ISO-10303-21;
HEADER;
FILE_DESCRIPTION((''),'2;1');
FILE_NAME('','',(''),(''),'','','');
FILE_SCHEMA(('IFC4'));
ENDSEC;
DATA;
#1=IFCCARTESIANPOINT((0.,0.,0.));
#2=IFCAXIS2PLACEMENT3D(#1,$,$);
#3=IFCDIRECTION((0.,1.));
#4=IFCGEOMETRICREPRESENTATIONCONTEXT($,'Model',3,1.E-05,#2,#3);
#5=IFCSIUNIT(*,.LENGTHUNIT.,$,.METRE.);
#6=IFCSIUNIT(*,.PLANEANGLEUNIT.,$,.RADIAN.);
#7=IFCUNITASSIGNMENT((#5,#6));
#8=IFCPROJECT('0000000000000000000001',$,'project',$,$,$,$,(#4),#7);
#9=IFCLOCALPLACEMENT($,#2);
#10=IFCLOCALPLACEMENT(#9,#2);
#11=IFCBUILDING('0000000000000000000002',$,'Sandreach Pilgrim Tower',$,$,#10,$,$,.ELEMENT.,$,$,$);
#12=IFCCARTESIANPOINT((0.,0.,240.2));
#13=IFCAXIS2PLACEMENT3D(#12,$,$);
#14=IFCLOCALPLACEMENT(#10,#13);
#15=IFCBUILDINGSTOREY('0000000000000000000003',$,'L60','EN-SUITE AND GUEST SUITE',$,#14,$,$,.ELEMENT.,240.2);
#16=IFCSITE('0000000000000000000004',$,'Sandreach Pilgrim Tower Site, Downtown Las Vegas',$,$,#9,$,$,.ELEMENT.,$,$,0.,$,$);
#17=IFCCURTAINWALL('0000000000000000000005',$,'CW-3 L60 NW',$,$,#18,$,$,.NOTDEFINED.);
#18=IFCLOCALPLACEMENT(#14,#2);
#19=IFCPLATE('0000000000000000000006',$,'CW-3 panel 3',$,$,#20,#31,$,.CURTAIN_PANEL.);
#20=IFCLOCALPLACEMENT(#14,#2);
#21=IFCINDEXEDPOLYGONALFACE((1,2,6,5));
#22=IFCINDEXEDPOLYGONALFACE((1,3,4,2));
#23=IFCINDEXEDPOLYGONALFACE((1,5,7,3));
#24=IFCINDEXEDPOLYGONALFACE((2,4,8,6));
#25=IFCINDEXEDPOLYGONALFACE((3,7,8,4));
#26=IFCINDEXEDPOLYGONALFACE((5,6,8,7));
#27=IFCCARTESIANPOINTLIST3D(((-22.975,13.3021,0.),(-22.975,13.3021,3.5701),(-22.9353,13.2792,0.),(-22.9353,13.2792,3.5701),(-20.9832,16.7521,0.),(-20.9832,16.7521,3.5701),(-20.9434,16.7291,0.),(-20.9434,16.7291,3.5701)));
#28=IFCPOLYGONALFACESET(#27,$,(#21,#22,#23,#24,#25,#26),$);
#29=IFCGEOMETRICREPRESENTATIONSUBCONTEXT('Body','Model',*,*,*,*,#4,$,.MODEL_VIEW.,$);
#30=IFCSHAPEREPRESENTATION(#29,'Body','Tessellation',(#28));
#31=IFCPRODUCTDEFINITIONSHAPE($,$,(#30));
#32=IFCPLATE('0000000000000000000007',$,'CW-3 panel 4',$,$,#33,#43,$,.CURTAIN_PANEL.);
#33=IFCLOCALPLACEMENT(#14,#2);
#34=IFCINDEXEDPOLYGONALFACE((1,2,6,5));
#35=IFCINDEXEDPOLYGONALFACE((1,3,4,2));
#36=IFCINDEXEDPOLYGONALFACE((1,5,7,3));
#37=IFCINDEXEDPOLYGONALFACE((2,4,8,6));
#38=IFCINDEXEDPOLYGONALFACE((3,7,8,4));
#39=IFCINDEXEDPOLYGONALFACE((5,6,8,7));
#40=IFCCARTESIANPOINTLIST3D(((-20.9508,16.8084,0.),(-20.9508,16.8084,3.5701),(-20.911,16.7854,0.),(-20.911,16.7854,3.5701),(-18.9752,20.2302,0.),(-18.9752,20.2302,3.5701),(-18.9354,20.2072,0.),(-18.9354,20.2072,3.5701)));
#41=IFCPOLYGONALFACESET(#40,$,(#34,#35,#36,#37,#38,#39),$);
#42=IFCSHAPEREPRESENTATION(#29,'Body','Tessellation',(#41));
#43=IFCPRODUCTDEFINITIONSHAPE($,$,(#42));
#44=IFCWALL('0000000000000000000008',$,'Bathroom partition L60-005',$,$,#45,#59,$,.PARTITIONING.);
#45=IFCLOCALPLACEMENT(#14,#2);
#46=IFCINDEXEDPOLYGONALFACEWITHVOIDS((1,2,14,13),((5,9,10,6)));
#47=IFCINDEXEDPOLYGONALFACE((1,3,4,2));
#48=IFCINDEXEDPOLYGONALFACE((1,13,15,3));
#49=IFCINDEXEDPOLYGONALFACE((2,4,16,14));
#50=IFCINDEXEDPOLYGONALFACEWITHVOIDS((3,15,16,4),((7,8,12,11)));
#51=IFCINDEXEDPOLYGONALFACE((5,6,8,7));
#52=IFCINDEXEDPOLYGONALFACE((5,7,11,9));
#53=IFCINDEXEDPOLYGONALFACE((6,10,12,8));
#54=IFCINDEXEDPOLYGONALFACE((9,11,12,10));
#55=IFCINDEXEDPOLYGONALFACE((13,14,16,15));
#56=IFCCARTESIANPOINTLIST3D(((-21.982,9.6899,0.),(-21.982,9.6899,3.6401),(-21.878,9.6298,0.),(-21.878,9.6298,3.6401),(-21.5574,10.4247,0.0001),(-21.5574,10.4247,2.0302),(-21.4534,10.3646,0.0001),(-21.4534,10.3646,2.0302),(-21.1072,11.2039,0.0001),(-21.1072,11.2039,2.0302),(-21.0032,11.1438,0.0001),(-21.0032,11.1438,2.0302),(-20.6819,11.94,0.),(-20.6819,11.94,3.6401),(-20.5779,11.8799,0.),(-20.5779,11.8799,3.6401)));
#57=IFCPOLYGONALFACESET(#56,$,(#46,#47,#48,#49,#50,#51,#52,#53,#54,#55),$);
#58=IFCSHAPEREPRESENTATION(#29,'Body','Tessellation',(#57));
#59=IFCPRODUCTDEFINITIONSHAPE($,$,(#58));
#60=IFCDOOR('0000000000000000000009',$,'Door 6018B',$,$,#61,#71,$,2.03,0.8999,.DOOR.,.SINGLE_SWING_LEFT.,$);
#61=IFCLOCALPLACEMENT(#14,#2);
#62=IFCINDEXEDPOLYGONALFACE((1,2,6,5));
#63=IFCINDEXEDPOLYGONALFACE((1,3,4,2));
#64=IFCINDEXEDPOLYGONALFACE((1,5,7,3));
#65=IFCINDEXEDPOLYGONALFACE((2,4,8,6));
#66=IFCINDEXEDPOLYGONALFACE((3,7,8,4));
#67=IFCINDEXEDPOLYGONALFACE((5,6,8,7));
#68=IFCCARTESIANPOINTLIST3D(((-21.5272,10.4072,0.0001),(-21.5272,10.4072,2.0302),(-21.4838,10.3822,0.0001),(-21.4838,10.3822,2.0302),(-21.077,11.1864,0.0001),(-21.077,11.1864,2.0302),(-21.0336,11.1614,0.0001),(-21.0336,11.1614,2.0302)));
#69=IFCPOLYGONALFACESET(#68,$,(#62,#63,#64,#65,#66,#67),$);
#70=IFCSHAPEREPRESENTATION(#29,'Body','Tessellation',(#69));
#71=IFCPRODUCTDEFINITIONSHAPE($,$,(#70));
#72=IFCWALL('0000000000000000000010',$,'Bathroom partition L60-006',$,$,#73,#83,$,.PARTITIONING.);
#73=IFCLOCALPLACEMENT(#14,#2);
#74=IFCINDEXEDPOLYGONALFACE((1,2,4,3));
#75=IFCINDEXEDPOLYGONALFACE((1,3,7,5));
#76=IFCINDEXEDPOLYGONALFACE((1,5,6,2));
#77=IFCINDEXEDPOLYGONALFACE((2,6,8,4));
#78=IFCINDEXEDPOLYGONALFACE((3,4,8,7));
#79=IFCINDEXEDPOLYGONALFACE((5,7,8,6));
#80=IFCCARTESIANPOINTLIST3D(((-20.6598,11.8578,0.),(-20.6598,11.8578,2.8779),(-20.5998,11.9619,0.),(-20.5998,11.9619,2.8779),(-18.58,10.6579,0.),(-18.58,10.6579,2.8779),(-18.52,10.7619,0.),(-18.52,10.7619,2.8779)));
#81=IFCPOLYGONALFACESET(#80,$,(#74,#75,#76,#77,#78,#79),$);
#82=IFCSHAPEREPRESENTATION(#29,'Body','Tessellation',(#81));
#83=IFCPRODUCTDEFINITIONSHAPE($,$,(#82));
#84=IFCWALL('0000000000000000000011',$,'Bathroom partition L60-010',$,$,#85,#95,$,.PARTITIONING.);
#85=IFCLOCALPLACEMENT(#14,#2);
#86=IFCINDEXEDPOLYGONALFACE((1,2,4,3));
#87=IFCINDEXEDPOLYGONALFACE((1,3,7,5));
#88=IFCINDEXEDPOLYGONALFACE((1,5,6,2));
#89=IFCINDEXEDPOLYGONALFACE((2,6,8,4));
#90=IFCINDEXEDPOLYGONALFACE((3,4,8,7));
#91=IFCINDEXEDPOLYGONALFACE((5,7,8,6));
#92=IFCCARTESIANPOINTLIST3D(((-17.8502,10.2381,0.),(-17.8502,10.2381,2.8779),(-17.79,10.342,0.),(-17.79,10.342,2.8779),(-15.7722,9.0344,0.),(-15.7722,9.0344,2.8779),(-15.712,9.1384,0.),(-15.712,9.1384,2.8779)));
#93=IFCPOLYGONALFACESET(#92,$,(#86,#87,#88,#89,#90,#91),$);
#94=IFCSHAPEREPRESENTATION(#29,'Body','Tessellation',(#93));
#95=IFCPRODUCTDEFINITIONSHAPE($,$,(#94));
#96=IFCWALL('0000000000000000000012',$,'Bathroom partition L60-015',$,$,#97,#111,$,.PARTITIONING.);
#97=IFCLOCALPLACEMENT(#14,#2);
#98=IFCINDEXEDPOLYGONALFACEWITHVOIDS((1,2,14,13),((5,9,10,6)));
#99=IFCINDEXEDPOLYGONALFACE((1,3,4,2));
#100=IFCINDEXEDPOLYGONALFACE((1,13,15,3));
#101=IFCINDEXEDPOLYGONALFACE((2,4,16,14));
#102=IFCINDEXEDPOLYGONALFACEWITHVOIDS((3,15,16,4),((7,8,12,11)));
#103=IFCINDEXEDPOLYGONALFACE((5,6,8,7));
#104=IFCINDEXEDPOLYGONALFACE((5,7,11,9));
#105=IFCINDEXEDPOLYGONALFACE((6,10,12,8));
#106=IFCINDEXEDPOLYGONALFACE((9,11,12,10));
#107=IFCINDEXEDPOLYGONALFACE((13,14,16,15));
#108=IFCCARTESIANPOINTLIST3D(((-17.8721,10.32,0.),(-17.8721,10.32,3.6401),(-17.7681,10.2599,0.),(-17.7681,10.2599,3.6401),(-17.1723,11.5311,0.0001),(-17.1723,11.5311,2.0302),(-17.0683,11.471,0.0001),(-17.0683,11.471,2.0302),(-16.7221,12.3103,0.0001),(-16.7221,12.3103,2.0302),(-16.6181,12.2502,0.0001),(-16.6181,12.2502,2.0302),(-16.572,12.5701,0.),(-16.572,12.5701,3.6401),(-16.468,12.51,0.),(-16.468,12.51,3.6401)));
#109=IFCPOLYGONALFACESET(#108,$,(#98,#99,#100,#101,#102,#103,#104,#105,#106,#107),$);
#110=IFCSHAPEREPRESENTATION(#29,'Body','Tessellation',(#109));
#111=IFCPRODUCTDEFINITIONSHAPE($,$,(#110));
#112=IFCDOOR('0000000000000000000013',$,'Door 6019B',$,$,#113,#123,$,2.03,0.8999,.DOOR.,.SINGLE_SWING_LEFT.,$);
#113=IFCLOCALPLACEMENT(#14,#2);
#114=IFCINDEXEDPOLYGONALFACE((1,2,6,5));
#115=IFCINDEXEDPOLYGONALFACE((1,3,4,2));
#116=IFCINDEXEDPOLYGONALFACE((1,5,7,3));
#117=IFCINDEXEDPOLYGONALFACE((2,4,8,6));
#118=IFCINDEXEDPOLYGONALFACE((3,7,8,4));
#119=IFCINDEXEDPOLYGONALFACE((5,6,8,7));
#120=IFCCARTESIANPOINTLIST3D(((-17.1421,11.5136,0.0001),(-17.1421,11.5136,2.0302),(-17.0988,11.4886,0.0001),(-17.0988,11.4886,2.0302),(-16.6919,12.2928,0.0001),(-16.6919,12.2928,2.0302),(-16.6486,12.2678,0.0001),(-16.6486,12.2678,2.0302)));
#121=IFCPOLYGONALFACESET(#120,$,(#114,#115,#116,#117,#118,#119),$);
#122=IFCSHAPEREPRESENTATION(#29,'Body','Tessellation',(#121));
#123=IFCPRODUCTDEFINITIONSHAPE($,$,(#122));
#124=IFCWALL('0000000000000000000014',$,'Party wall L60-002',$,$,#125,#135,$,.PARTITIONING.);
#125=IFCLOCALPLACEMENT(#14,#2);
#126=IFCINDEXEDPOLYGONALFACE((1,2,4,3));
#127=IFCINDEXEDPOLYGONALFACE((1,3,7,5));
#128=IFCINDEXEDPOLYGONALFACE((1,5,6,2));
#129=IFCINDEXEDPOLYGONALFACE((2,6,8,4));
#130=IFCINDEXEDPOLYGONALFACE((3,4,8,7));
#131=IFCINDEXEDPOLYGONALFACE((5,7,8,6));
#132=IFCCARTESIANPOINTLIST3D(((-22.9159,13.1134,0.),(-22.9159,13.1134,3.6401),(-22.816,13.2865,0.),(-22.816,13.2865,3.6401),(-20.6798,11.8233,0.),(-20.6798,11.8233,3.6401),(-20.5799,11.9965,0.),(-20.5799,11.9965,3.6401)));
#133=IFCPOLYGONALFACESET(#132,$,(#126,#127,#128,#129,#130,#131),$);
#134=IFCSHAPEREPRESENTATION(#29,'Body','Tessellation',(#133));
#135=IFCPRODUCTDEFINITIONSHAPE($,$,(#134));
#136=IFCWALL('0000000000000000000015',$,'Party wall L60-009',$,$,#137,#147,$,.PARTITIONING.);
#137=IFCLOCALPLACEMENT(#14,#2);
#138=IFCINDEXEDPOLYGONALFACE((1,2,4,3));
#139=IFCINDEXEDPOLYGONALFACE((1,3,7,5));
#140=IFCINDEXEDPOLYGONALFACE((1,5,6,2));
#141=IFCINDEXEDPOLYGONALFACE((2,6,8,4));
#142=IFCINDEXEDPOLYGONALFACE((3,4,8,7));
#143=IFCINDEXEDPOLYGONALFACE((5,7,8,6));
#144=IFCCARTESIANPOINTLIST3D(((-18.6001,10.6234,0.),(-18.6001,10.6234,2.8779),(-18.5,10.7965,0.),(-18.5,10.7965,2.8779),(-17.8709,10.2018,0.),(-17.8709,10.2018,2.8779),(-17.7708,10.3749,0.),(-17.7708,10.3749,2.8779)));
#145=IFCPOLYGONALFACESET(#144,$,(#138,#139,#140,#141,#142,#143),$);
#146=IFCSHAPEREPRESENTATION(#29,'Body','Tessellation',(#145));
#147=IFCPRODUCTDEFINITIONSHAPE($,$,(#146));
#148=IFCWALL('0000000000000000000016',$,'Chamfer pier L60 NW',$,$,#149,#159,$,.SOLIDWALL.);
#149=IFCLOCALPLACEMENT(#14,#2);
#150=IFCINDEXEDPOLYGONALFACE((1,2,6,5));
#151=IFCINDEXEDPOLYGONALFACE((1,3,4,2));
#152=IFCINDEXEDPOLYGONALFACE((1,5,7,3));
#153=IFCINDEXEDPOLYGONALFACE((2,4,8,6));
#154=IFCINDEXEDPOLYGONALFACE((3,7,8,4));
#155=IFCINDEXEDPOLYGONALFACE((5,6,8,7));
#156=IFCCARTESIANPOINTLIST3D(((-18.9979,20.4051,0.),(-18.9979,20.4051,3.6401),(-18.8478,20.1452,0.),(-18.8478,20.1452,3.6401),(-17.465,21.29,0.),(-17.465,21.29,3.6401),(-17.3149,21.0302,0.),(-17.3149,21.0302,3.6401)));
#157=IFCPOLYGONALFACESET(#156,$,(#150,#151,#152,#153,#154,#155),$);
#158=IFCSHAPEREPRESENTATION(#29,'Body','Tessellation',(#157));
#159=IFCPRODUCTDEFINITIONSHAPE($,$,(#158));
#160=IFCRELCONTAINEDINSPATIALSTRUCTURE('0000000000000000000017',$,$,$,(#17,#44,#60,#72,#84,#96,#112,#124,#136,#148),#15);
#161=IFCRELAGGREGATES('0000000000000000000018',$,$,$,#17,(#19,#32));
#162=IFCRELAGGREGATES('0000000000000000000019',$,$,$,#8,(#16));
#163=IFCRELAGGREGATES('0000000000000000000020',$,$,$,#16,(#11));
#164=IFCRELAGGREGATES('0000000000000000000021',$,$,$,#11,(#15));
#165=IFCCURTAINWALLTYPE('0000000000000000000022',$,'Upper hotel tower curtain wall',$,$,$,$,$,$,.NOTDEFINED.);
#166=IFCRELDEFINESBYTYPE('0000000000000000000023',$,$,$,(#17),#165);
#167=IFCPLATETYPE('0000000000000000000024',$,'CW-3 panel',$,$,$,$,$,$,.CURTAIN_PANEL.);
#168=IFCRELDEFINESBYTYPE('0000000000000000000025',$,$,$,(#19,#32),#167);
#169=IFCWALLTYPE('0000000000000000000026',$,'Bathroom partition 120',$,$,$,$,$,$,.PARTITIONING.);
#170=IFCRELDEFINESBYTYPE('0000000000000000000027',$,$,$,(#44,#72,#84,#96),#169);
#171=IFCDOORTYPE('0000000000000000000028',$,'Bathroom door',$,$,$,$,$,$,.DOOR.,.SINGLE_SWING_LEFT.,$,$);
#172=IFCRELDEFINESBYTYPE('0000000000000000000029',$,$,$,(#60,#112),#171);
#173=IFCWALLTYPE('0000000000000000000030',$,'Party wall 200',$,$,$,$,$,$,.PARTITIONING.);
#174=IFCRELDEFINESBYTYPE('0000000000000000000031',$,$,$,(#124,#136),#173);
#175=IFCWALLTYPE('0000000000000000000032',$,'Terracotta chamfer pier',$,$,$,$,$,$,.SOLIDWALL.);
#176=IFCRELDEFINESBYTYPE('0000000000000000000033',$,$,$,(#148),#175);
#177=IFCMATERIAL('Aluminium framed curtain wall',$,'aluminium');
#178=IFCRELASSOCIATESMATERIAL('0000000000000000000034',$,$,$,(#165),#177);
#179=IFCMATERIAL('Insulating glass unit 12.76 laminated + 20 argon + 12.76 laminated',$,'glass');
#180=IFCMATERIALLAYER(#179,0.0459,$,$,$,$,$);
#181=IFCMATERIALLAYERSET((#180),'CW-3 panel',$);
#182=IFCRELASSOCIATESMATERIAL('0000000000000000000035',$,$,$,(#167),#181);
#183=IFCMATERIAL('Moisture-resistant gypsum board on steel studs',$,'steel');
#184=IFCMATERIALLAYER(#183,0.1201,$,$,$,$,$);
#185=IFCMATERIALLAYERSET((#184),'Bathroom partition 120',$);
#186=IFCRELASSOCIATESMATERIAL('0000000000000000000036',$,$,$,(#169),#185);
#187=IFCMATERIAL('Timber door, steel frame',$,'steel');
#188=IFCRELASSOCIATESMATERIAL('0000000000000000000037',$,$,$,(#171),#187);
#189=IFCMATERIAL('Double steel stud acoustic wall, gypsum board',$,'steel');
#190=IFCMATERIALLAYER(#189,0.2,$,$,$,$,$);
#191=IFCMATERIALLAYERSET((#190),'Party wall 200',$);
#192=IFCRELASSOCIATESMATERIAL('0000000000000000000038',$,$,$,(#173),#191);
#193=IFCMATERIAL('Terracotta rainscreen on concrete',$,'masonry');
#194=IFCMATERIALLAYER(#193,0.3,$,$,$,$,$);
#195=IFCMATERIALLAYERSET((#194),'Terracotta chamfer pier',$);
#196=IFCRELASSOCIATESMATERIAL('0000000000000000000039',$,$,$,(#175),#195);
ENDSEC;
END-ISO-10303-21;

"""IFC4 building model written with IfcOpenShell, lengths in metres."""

from ifc_helpers import new_model, si_unit, direction, frame, frame_2d, origin, origin_2d, place, context, subcontext, project, spatial, rectangle, extrude, material, layer, layer_set, type_object, element, fill, aggregate, save


model = new_model("IFC4")

# Units and contexts
model_context = context("Model", 3, precision=1e-05, world=origin(), true_north=direction((0.0, 1.0)))
body_context = subcontext(model_context, "Body", "Model", "MODEL_VIEW")
ifc_project = project(units=[si_unit("LENGTHUNIT", "METRE"), si_unit("PLANEANGLEUNIT", "RADIAN")], contexts=[model_context])

# Site, building, storey
site_placement = place(None, origin())
site = spatial("IfcSite", under=ifc_project, at=site_placement, Name="Sandreach Pilgrim Tower Site, Downtown Las Vegas", CompositionType="ELEMENT", RefElevation=0.0)
building_placement = place(site_placement, origin())
building = spatial("IfcBuilding", under=site, at=building_placement, Name="Sandreach Pilgrim Tower", CompositionType="ELEMENT")
storey_placement = place(building_placement, frame((0.0, 0.0, 240.2)))
storey = spatial("IfcBuildingStorey", under=building, at=storey_placement, Name="L60", Description="EN-SUITE AND GUEST SUITE", CompositionType="ELEMENT", Elevation=240.2)

# Shared definitions
ifc_material_1 = material(Name="Aluminium framed curtain wall", Category="aluminium")
curtain_wall_type = type_object("IfcCurtainWallType", Name="Upper hotel tower curtain wall", PredefinedType="NOTDEFINED", material=ifc_material_1)

# Curtain wall
curtain_wall_1_placement = place(storey_placement, origin())
curtain_wall_1 = element("IfcCurtainWall", 1, at=curtain_wall_1_placement, inside=storey, type_object=curtain_wall_type, Name="CW-3 L60 NW", PredefinedType="NOTDEFINED")

# Plates
ifc_material_2 = material(Name="Insulating glass unit 12.76 laminated + 20 argon + 12.76 laminated", Category="glass")
ifc_layer_1 = layer(ifc_material_2, 0.0459)
ifc_layer_set_1 = layer_set([ifc_layer_1], Name="CW-3 panel")
plate_type = type_object("IfcPlateType", Name="CW-3 panel", PredefinedType="CURTAIN_PANEL", material=ifc_layer_set_1)
plate_1_placement = place(storey_placement, frame((-21.9592, 15.0156, 0.0), z_axis=(0.0, 0.0, 1.0), x_axis=(0.5, 0.866025, 0.0)))
plate_1 = element("IfcPlate", 2, at=plate_1_placement, type_object=plate_type, Name="CW-3 panel 3", PredefinedType="CURTAIN_PANEL", context=body_context, shape_type="SweptSolid", body=[
    extrude(rectangle(XDim=3.9836, YDim=0.0459, at=origin_2d()), origin(), (0.0, 0.0, 1.0), 3.5701),
])
plate_2_placement = place(storey_placement, frame((-19.9431, 18.5078, 0.0), z_axis=(0.0, 0.0, 1.0), x_axis=(0.5, 0.866025, 0.0)))
plate_2 = element("IfcPlate", 3, at=plate_2_placement, type_object=plate_type, Name="CW-3 panel 4", PredefinedType="CURTAIN_PANEL", context=body_context, shape_type="SweptSolid", body=[
    extrude(rectangle(XDim=3.9512, YDim=0.0459, at=origin_2d()), origin(), (0.0, 0.0, 1.0), 3.5701),
])
aggregate(curtain_wall_1, [plate_1, plate_2])

# Wall, opening, door
ifc_material_3 = material(Name="Moisture-resistant gypsum board on steel studs", Category="steel")
ifc_layer_2 = layer(ifc_material_3, 0.1201)
ifc_layer_set_2 = layer_set([ifc_layer_2], Name="Bathroom partition 120")
wall_type_1 = type_object("IfcWallType", Name="Bathroom partition 120", PredefinedType="PARTITIONING", material=ifc_layer_set_2)
wall_1_placement = place(storey_placement, frame((-20.6299, 11.9099, 0.0), z_axis=(0.0, 0.0, 1.0), x_axis=(-0.500292, -0.865857, 0.0)))
wall_1 = element("IfcWall", 4, at=wall_1_placement, inside=storey, type_object=wall_type_1, Name="Bathroom partition L60-005", PredefinedType="PARTITIONING", context=body_context, shape_type="SweptSolid", body=[
    extrude(rectangle(XDim=2.5986, YDim=0.1201, at=frame_2d((1.2993, 0.0))), origin(), (0.0, 0.0, 1.0), 3.6401),
])
opening_1_placement = place(wall_1_placement, frame((0.8501, 0.0, 0.0)))
opening_1 = element("IfcOpeningElement", 5, at=opening_1_placement, cuts=wall_1, PredefinedType="OPENING", context=body_context, shape_type="SweptSolid", body=[
    extrude(rectangle(XDim=0.8999, YDim=2.03, at=frame_2d((0.45, 1.0151))), frame((0.0, 0.0601, 0.0), z_axis=(0.0, -1.0, 0.0), x_axis=(1.0, 0.0, 0.0)), (0.0, 0.0, 1.0), 0.1201),
])
ifc_material_4 = material(Name="Timber door, steel frame", Category="steel")
door_type = type_object("IfcDoorType", Name="Bathroom door", OperationType="SINGLE_SWING_LEFT", PredefinedType="DOOR", material=ifc_material_4)
door_1_placement = place(opening_1_placement, origin())
door_1 = element("IfcDoor", 6, at=door_1_placement, inside=storey, type_object=door_type, Name="Door 6018B", OperationType="SINGLE_SWING_LEFT", OverallHeight=2.03, OverallWidth=0.8999, PredefinedType="DOOR", context=body_context, shape_type="SweptSolid", body=[
    extrude(rectangle(XDim=0.8999, YDim=2.03, at=frame_2d((0.45, 1.0151))), frame((0.0, 0.0249, 0.0), z_axis=(0.0, -1.0, 0.0), x_axis=(1.0, 0.0, 0.0)), (0.0, 0.0, 1.0), 0.05),
])
fill(opening_1, door_1)

# Walls
wall_2_placement = place(storey_placement, frame((-20.6299, 11.9099, 0.0), z_axis=(0.0, 0.0, 1.0), x_axis=(0.866177, -0.499737, 0.0)))
element("IfcWall", 7, at=wall_2_placement, inside=storey, type_object=wall_type_1, Name="Bathroom partition L60-006", PredefinedType="PARTITIONING", context=body_context, shape_type="SweptSolid", body=[
    extrude(rectangle(XDim=2.4011, YDim=0.1201, at=frame_2d((1.2007, 0.0))), origin(), (0.0, 0.0, 1.0), 2.8779),
])
wall_3_placement = place(storey_placement, frame((-17.8201, 10.29, 0.0), z_axis=(0.0, 0.0, 1.0), x_axis=(0.865313, -0.501233, 0.0)))
element("IfcWall", 8, at=wall_3_placement, inside=storey, type_object=wall_type_1, Name="Bathroom partition L60-010", PredefinedType="PARTITIONING", context=body_context, shape_type="SweptSolid", body=[
    extrude(rectangle(XDim=2.4014, YDim=0.1201, at=frame_2d((1.2007, 0.0))), origin(), (0.0, 0.0, 1.0), 2.8779),
])

# Wall, opening, door
wall_4_placement = place(storey_placement, frame((-16.52, 12.54, 0.0), z_axis=(0.0, 0.0, 1.0), x_axis=(-0.500292, -0.865857, 0.0)))
wall_4 = element("IfcWall", 9, at=wall_4_placement, inside=storey, type_object=wall_type_1, Name="Bathroom partition L60-015", PredefinedType="PARTITIONING", context=body_context, shape_type="SweptSolid", body=[
    extrude(rectangle(XDim=2.5986, YDim=0.1201, at=frame_2d((1.2993, 0.0))), origin(), (0.0, 0.0, 1.0), 3.6401),
])
opening_2_placement = place(wall_4_placement, frame((0.3, 0.0, 0.0)))
opening_2 = element("IfcOpeningElement", 10, at=opening_2_placement, cuts=wall_4, PredefinedType="OPENING", context=body_context, shape_type="SweptSolid", body=[
    extrude(rectangle(XDim=0.8999, YDim=2.03, at=frame_2d((0.45, 1.0151))), frame((0.0, 0.0601, 0.0), z_axis=(0.0, -1.0, 0.0), x_axis=(1.0, 0.0, 0.0)), (0.0, 0.0, 1.0), 0.1201),
])
door_2_placement = place(opening_2_placement, origin())
door_2 = element("IfcDoor", 11, at=door_2_placement, inside=storey, type_object=door_type, Name="Door 6019B", OperationType="SINGLE_SWING_LEFT", OverallHeight=2.03, OverallWidth=0.8999, PredefinedType="DOOR", context=body_context, shape_type="SweptSolid", body=[
    extrude(rectangle(XDim=0.8999, YDim=2.03, at=frame_2d((0.45, 1.0151))), frame((0.0, 0.0249, 0.0), z_axis=(0.0, -1.0, 0.0), x_axis=(1.0, 0.0, 0.0)), (0.0, 0.0, 1.0), 0.05),
])
fill(opening_2, door_2)

# Walls
ifc_material_5 = material(Name="Double steel stud acoustic wall, gypsum board", Category="steel")
ifc_layer_3 = layer(ifc_material_5, 0.2)
ifc_layer_set_3 = layer_set([ifc_layer_3], Name="Party wall 200")
wall_type_2 = type_object("IfcWallType", Name="Party wall 200", PredefinedType="PARTITIONING", material=ifc_layer_set_3)
wall_5_placement = place(storey_placement, frame((-22.866, 13.2, 0.0), z_axis=(0.0, 0.0, 1.0), x_axis=(0.866187, -0.49972, 0.0)))
element("IfcWall", 12, at=wall_5_placement, inside=storey, type_object=wall_type_2, Name="Party wall L60-002", PredefinedType="PARTITIONING", context=body_context, shape_type="SweptSolid", body=[
    extrude(rectangle(XDim=2.5815, YDim=0.2, at=frame_2d((1.2908, 0.0))), origin(), (0.0, 0.0, 1.0), 3.6401),
])
wall_6_placement = place(storey_placement, frame((-18.55, 10.71, 0.0), z_axis=(0.0, 0.0, 1.0), x_axis=(0.865717, -0.500533, 0.0)))
element("IfcWall", 13, at=wall_6_placement, inside=storey, type_object=wall_type_2, Name="Party wall L60-009", PredefinedType="PARTITIONING", context=body_context, shape_type="SweptSolid", body=[
    extrude(rectangle(XDim=0.8423, YDim=0.2, at=frame_2d((0.4211, 0.0))), origin(), (0.0, 0.0, 1.0), 2.8779),
])
ifc_material_6 = material(Name="Terracotta rainscreen on concrete", Category="masonry")
ifc_layer_4 = layer(ifc_material_6, 0.3)
ifc_layer_set_4 = layer_set([ifc_layer_4], Name="Terracotta chamfer pier")
wall_type_3 = type_object("IfcWallType", Name="Terracotta chamfer pier", PredefinedType="SOLIDWALL", material=ifc_layer_set_4)
wall_7_placement = place(storey_placement, frame((-18.9229, 20.2751, 0.0), z_axis=(0.0, 0.0, 1.0), x_axis=(0.866036, 0.499981, 0.0)))
element("IfcWall", 14, at=wall_7_placement, inside=storey, type_object=wall_type_3, Name="Chamfer pier L60 NW", PredefinedType="SOLIDWALL", context=body_context, shape_type="SweptSolid", body=[
    extrude(rectangle(XDim=1.77, YDim=0.3, at=frame_2d((0.885, 0.0))), origin(), (0.0, 0.0, 1.0), 3.6401),
])

save(model, "model.ifc")
